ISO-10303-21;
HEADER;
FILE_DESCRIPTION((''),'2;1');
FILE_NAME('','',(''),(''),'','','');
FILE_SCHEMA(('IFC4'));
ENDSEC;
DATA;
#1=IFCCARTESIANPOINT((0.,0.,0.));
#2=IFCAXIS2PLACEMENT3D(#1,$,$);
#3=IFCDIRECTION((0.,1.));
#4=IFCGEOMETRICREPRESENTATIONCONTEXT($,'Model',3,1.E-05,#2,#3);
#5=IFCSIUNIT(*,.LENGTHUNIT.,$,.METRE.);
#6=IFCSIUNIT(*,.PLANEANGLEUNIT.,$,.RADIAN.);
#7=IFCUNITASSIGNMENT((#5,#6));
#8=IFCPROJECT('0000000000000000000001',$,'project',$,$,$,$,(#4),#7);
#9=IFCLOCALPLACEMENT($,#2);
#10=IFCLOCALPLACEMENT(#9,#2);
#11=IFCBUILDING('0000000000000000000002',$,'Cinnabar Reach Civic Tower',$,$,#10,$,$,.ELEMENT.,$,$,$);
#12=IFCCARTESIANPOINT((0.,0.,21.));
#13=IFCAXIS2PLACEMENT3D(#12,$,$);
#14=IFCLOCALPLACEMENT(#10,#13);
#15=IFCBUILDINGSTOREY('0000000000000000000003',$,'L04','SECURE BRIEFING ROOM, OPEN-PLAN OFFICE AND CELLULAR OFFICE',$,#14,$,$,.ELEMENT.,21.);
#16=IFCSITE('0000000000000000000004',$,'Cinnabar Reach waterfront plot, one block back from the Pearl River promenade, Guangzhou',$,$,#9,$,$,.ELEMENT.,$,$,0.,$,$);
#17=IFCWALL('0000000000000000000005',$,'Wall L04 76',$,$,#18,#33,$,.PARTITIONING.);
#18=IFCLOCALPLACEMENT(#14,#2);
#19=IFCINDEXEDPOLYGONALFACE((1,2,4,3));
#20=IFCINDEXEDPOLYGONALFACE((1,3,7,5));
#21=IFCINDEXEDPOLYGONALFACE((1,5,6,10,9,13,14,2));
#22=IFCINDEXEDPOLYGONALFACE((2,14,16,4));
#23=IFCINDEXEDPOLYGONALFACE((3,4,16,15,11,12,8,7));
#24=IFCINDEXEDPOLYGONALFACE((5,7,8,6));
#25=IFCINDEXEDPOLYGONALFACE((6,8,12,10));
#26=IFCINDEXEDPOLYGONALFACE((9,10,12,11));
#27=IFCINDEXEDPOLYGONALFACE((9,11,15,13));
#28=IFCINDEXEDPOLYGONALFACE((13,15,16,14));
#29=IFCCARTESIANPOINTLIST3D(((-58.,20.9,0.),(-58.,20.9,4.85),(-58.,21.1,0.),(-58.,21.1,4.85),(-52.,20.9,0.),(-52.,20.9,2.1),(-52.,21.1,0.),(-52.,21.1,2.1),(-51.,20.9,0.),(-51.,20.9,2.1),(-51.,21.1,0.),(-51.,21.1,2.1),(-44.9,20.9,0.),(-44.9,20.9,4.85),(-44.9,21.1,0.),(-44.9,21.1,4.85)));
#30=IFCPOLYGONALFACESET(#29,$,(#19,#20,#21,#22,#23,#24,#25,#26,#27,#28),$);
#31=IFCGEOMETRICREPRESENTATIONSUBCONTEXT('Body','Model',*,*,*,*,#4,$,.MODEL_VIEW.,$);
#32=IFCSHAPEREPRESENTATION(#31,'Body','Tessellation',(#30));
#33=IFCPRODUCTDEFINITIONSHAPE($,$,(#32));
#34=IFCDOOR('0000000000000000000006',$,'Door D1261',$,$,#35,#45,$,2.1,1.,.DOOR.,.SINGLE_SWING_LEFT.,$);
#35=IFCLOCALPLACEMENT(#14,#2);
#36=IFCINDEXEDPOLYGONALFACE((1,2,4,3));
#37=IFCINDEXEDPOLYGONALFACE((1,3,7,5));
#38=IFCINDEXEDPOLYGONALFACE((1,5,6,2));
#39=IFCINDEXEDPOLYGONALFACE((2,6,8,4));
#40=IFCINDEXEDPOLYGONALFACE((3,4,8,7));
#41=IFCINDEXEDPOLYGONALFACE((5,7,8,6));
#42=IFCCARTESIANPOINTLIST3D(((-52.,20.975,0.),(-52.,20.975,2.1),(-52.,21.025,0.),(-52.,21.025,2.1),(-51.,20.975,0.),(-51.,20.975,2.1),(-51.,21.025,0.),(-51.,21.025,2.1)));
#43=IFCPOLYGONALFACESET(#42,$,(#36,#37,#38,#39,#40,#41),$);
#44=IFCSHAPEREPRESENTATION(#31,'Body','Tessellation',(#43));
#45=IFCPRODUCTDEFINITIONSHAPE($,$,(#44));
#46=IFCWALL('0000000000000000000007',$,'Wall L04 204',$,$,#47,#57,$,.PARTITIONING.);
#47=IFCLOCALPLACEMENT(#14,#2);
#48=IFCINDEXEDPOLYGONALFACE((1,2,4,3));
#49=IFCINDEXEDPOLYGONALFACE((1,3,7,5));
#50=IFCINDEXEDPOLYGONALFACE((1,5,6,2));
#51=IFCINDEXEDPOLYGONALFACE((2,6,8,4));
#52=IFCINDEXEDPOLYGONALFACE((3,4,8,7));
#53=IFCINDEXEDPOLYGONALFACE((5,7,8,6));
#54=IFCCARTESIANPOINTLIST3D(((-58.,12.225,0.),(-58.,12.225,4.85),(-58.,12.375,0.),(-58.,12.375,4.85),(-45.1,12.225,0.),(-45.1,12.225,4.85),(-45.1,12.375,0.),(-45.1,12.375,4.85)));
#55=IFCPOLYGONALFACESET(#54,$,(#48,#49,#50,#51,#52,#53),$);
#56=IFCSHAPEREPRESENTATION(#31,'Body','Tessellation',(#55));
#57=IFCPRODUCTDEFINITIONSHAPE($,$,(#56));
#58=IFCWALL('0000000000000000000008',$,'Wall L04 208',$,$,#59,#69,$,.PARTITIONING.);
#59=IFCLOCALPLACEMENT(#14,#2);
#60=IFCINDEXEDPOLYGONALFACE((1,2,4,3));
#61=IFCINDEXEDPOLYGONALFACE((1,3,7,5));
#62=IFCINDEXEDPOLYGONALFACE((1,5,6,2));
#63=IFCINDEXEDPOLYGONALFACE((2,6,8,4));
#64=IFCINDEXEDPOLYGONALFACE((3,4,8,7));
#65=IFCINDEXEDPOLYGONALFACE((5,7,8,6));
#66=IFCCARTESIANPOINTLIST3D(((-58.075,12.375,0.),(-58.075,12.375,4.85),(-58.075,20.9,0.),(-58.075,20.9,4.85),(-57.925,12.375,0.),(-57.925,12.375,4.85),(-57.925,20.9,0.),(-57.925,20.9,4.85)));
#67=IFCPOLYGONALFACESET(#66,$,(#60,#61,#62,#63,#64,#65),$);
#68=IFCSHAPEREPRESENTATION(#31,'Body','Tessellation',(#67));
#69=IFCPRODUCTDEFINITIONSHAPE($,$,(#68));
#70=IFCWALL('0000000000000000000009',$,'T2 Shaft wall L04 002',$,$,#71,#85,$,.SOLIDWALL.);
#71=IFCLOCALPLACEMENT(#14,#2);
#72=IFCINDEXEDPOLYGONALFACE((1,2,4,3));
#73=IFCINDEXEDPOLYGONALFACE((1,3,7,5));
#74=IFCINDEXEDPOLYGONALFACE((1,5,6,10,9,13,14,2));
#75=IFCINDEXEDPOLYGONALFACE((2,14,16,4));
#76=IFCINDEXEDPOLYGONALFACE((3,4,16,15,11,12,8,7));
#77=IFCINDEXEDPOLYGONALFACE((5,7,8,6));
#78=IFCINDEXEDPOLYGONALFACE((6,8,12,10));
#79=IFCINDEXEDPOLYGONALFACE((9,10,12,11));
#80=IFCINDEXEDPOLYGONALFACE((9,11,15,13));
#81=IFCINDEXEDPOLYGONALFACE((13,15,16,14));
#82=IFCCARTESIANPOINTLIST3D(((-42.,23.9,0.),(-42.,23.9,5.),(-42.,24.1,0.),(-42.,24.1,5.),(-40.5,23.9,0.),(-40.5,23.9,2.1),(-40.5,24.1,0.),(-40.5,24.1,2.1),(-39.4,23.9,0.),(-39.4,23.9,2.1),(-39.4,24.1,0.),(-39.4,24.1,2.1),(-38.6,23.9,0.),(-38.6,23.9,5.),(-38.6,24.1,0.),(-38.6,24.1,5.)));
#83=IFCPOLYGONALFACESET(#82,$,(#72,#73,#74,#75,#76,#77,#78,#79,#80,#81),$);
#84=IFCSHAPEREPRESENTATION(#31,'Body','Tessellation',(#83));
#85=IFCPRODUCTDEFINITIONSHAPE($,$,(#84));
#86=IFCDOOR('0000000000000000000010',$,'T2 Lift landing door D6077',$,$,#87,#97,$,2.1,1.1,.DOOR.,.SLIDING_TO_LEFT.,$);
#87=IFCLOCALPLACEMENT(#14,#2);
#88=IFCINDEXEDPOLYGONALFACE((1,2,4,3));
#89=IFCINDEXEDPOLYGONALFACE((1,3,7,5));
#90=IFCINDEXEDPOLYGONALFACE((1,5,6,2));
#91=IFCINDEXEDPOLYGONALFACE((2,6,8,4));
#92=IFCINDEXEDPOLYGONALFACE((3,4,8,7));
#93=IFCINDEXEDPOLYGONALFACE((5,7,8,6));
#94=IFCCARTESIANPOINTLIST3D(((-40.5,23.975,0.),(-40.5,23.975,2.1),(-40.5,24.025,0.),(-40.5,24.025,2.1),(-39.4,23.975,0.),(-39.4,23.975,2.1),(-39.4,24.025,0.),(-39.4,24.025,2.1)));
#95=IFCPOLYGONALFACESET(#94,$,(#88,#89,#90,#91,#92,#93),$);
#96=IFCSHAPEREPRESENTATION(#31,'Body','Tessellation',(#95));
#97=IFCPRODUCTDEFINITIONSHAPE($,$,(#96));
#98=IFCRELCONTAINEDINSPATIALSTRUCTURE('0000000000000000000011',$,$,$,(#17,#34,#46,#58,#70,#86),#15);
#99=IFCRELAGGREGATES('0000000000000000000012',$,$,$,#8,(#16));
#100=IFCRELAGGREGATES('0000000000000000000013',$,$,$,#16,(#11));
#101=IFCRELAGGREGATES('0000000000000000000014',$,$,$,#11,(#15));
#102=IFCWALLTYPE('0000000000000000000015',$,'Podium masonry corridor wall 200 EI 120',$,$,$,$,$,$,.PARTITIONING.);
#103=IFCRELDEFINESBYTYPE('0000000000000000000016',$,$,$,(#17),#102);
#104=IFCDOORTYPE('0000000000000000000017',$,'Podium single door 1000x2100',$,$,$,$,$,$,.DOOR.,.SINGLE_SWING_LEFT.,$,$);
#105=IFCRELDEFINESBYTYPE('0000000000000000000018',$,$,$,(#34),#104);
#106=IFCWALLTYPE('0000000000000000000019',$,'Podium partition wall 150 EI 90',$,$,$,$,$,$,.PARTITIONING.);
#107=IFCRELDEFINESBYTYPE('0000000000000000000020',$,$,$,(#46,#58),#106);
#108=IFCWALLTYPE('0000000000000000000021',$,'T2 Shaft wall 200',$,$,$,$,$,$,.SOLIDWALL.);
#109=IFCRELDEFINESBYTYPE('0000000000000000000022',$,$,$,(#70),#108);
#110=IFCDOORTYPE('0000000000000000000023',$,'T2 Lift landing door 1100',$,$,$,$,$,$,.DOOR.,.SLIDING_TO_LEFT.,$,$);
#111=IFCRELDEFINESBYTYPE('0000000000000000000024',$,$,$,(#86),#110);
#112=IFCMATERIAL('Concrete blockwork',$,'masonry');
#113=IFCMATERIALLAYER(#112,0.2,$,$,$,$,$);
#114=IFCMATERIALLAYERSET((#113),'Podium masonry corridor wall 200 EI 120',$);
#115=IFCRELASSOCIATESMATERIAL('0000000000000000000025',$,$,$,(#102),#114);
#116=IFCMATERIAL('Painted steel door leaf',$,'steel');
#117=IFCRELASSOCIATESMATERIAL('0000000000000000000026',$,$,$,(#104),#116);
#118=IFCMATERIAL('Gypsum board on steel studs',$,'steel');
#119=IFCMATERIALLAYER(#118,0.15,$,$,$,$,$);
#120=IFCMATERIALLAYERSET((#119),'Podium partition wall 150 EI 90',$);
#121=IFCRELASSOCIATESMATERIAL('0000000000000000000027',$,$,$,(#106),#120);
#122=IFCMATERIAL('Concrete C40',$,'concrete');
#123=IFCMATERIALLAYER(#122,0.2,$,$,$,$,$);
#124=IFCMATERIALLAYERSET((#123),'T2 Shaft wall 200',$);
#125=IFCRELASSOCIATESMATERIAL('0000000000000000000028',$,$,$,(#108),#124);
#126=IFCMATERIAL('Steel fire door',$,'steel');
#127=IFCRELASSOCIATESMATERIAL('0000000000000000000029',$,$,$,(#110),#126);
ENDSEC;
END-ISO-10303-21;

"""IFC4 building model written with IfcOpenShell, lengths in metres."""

from ifc_helpers import new_model, si_unit, direction, frame, frame_2d, origin, place, context, subcontext, project, spatial, rectangle, extrude, material, layer, layer_set, type_object, element, fill, save


model = new_model("IFC4")

# Units and contexts
model_context = context("Model", 3, precision=1e-05, world=origin(), true_north=direction((0.0, 1.0)))
body_context = subcontext(model_context, "Body", "Model", "MODEL_VIEW")
ifc_project = project(units=[si_unit("LENGTHUNIT", "METRE"), si_unit("PLANEANGLEUNIT", "RADIAN")], contexts=[model_context])

# Site, building, storey
site_placement = place(None, origin())
site = spatial("IfcSite", under=ifc_project, at=site_placement, Name="Cinnabar Reach waterfront plot, one block back from the Pearl River promenade, Guangzhou", CompositionType="ELEMENT", RefElevation=0.0)
building_placement = place(site_placement, origin())
building = spatial("IfcBuilding", under=site, at=building_placement, Name="Cinnabar Reach Civic Tower", CompositionType="ELEMENT")
storey_placement = place(building_placement, frame((0.0, 0.0, 21.0)))
storey = spatial("IfcBuildingStorey", under=building, at=storey_placement, Name="L04", Description="SECURE BRIEFING ROOM, OPEN-PLAN OFFICE AND CELLULAR OFFICE", CompositionType="ELEMENT", Elevation=21.0)

# Shared definitions
ifc_material_1 = material(Name="Concrete blockwork", Category="masonry")
ifc_layer_1 = layer(ifc_material_1, 0.2)
ifc_layer_set_1 = layer_set([ifc_layer_1], Name="Podium masonry corridor wall 200 EI 120")
wall_type_1 = type_object("IfcWallType", Name="Podium masonry corridor wall 200 EI 120", PredefinedType="PARTITIONING", material=ifc_layer_set_1)

# Shared definitions
ifc_material_2 = material(Name="Painted steel door leaf", Category="steel")
door_type_1 = type_object("IfcDoorType", Name="Podium single door 1000x2100", OperationType="SINGLE_SWING_LEFT", PredefinedType="DOOR", material=ifc_material_2)

# Wall, opening, door
wall_1_placement = place(storey_placement, frame((-58.0, 21.0, 0.0), z_axis=(0.0, 0.0, 1.0), x_axis=(1.0, 0.0, 0.0)))
wall_1 = element("IfcWall", 1, at=wall_1_placement, inside=storey, type_object=wall_type_1, Name="Wall L04 76", PredefinedType="PARTITIONING", context=body_context, shape_type="SweptSolid", body=[
    extrude(rectangle(XDim=13.1, YDim=0.2, at=frame_2d((6.55, 0.0))), origin(), (0.0, 0.0, 1.0), 4.85),
])
opening_1_placement = place(wall_1_placement, frame((6.0, 0.0, 0.0)))
opening_1 = element("IfcOpeningElement", 2, at=opening_1_placement, cuts=wall_1, PredefinedType="OPENING", context=body_context, shape_type="SweptSolid", body=[
    extrude(rectangle(XDim=1.0, YDim=2.1, at=frame_2d((0.5, 1.05))), frame((0.0, 0.11, 0.0), z_axis=(0.0, -1.0, 0.0), x_axis=(1.0, 0.0, 0.0)), (0.0, 0.0, 1.0), 0.22),
])
door_1_placement = place(opening_1_placement, frame((1.0, 0.0, 0.0), z_axis=(0.0, 0.0, 1.0), x_axis=(-1.0, 0.0, 0.0)))
door_1 = element("IfcDoor", 3, at=door_1_placement, inside=storey, type_object=door_type_1, Name="Door D1261", OperationType="SINGLE_SWING_LEFT", OverallHeight=2.1, OverallWidth=1.0, PredefinedType="DOOR", context=body_context, shape_type="SweptSolid", body=[
    extrude(rectangle(XDim=1.0, YDim=2.1, at=frame_2d((0.5, 1.05))), frame((0.0, 0.025, 0.0), z_axis=(0.0, -1.0, 0.0), x_axis=(1.0, 0.0, 0.0)), (0.0, 0.0, 1.0), 0.05),
])
fill(opening_1, door_1)

# Walls
ifc_material_3 = material(Name="Gypsum board on steel studs", Category="steel")
ifc_layer_2 = layer(ifc_material_3, 0.15)
ifc_layer_set_2 = layer_set([ifc_layer_2], Name="Podium partition wall 150 EI 90")
wall_type_2 = type_object("IfcWallType", Name="Podium partition wall 150 EI 90", PredefinedType="PARTITIONING", material=ifc_layer_set_2)
wall_2_placement = place(storey_placement, frame((-58.0, 12.3, 0.0), z_axis=(0.0, 0.0, 1.0), x_axis=(1.0, 0.0, 0.0)))
element("IfcWall", 4, at=wall_2_placement, inside=storey, type_object=wall_type_2, Name="Wall L04 204", PredefinedType="PARTITIONING", context=body_context, shape_type="SweptSolid", body=[
    extrude(rectangle(XDim=12.9, YDim=0.15, at=frame_2d((6.45, 0.0))), origin(), (0.0, 0.0, 1.0), 4.85),
])
wall_3_placement = place(storey_placement, frame((-58.0, 12.375, 0.0), z_axis=(0.0, 0.0, 1.0), x_axis=(0.0, 1.0, 0.0)))
element("IfcWall", 5, at=wall_3_placement, inside=storey, type_object=wall_type_2, Name="Wall L04 208", PredefinedType="PARTITIONING", context=body_context, shape_type="SweptSolid", body=[
    extrude(rectangle(XDim=8.525, YDim=0.15, at=frame_2d((4.2625, 0.0))), origin(), (0.0, 0.0, 1.0), 4.85),
])

# Wall, opening, door
ifc_material_4 = material(Name="Concrete C40", Category="concrete")
ifc_layer_3 = layer(ifc_material_4, 0.2)
ifc_layer_set_3 = layer_set([ifc_layer_3], Name="T2 Shaft wall 200")
wall_type_3 = type_object("IfcWallType", Name="T2 Shaft wall 200", PredefinedType="SOLIDWALL", material=ifc_layer_set_3)
wall_4_placement = place(storey_placement, frame((-38.6, 24.0, 0.0), z_axis=(0.0, 0.0, 1.0), x_axis=(-1.0, 0.0, 0.0)))
wall_4 = element("IfcWall", 6, at=wall_4_placement, inside=storey, type_object=wall_type_3, Name="T2 Shaft wall L04 002", PredefinedType="SOLIDWALL", context=body_context, shape_type="SweptSolid", body=[
    extrude(rectangle(XDim=3.4, YDim=0.2, at=frame_2d((1.7, 0.0))), origin(), (0.0, 0.0, 1.0), 5.0),
])
opening_2_placement = place(wall_4_placement, frame((0.8, 0.0, 0.0)))
opening_2 = element("IfcOpeningElement", 7, at=opening_2_placement, cuts=wall_4, PredefinedType="OPENING", context=body_context, shape_type="SweptSolid", body=[
    extrude(rectangle(XDim=1.1, YDim=2.1, at=frame_2d((0.55, 1.05))), frame((0.0, 0.11, 0.0), z_axis=(0.0, -1.0, 0.0), x_axis=(1.0, 0.0, 0.0)), (0.0, 0.0, 1.0), 0.22),
])
ifc_material_5 = material(Name="Steel fire door", Category="steel")
door_type_2 = type_object("IfcDoorType", Name="T2 Lift landing door 1100", OperationType="SLIDING_TO_LEFT", PredefinedType="DOOR", material=ifc_material_5)
door_2_placement = place(opening_2_placement, origin())
door_2 = element("IfcDoor", 8, at=door_2_placement, inside=storey, type_object=door_type_2, Name="T2 Lift landing door D6077", OperationType="SLIDING_TO_LEFT", OverallHeight=2.1, OverallWidth=1.1, PredefinedType="DOOR", context=body_context, shape_type="SweptSolid", body=[
    extrude(rectangle(XDim=1.1, YDim=2.1, at=frame_2d((0.55, 1.05))), frame((0.0, 0.025, 0.0), z_axis=(0.0, -1.0, 0.0), x_axis=(1.0, 0.0, 0.0)), (0.0, 0.0, 1.0), 0.05),
])
fill(opening_2, door_2)

save(model, "model.ifc")
